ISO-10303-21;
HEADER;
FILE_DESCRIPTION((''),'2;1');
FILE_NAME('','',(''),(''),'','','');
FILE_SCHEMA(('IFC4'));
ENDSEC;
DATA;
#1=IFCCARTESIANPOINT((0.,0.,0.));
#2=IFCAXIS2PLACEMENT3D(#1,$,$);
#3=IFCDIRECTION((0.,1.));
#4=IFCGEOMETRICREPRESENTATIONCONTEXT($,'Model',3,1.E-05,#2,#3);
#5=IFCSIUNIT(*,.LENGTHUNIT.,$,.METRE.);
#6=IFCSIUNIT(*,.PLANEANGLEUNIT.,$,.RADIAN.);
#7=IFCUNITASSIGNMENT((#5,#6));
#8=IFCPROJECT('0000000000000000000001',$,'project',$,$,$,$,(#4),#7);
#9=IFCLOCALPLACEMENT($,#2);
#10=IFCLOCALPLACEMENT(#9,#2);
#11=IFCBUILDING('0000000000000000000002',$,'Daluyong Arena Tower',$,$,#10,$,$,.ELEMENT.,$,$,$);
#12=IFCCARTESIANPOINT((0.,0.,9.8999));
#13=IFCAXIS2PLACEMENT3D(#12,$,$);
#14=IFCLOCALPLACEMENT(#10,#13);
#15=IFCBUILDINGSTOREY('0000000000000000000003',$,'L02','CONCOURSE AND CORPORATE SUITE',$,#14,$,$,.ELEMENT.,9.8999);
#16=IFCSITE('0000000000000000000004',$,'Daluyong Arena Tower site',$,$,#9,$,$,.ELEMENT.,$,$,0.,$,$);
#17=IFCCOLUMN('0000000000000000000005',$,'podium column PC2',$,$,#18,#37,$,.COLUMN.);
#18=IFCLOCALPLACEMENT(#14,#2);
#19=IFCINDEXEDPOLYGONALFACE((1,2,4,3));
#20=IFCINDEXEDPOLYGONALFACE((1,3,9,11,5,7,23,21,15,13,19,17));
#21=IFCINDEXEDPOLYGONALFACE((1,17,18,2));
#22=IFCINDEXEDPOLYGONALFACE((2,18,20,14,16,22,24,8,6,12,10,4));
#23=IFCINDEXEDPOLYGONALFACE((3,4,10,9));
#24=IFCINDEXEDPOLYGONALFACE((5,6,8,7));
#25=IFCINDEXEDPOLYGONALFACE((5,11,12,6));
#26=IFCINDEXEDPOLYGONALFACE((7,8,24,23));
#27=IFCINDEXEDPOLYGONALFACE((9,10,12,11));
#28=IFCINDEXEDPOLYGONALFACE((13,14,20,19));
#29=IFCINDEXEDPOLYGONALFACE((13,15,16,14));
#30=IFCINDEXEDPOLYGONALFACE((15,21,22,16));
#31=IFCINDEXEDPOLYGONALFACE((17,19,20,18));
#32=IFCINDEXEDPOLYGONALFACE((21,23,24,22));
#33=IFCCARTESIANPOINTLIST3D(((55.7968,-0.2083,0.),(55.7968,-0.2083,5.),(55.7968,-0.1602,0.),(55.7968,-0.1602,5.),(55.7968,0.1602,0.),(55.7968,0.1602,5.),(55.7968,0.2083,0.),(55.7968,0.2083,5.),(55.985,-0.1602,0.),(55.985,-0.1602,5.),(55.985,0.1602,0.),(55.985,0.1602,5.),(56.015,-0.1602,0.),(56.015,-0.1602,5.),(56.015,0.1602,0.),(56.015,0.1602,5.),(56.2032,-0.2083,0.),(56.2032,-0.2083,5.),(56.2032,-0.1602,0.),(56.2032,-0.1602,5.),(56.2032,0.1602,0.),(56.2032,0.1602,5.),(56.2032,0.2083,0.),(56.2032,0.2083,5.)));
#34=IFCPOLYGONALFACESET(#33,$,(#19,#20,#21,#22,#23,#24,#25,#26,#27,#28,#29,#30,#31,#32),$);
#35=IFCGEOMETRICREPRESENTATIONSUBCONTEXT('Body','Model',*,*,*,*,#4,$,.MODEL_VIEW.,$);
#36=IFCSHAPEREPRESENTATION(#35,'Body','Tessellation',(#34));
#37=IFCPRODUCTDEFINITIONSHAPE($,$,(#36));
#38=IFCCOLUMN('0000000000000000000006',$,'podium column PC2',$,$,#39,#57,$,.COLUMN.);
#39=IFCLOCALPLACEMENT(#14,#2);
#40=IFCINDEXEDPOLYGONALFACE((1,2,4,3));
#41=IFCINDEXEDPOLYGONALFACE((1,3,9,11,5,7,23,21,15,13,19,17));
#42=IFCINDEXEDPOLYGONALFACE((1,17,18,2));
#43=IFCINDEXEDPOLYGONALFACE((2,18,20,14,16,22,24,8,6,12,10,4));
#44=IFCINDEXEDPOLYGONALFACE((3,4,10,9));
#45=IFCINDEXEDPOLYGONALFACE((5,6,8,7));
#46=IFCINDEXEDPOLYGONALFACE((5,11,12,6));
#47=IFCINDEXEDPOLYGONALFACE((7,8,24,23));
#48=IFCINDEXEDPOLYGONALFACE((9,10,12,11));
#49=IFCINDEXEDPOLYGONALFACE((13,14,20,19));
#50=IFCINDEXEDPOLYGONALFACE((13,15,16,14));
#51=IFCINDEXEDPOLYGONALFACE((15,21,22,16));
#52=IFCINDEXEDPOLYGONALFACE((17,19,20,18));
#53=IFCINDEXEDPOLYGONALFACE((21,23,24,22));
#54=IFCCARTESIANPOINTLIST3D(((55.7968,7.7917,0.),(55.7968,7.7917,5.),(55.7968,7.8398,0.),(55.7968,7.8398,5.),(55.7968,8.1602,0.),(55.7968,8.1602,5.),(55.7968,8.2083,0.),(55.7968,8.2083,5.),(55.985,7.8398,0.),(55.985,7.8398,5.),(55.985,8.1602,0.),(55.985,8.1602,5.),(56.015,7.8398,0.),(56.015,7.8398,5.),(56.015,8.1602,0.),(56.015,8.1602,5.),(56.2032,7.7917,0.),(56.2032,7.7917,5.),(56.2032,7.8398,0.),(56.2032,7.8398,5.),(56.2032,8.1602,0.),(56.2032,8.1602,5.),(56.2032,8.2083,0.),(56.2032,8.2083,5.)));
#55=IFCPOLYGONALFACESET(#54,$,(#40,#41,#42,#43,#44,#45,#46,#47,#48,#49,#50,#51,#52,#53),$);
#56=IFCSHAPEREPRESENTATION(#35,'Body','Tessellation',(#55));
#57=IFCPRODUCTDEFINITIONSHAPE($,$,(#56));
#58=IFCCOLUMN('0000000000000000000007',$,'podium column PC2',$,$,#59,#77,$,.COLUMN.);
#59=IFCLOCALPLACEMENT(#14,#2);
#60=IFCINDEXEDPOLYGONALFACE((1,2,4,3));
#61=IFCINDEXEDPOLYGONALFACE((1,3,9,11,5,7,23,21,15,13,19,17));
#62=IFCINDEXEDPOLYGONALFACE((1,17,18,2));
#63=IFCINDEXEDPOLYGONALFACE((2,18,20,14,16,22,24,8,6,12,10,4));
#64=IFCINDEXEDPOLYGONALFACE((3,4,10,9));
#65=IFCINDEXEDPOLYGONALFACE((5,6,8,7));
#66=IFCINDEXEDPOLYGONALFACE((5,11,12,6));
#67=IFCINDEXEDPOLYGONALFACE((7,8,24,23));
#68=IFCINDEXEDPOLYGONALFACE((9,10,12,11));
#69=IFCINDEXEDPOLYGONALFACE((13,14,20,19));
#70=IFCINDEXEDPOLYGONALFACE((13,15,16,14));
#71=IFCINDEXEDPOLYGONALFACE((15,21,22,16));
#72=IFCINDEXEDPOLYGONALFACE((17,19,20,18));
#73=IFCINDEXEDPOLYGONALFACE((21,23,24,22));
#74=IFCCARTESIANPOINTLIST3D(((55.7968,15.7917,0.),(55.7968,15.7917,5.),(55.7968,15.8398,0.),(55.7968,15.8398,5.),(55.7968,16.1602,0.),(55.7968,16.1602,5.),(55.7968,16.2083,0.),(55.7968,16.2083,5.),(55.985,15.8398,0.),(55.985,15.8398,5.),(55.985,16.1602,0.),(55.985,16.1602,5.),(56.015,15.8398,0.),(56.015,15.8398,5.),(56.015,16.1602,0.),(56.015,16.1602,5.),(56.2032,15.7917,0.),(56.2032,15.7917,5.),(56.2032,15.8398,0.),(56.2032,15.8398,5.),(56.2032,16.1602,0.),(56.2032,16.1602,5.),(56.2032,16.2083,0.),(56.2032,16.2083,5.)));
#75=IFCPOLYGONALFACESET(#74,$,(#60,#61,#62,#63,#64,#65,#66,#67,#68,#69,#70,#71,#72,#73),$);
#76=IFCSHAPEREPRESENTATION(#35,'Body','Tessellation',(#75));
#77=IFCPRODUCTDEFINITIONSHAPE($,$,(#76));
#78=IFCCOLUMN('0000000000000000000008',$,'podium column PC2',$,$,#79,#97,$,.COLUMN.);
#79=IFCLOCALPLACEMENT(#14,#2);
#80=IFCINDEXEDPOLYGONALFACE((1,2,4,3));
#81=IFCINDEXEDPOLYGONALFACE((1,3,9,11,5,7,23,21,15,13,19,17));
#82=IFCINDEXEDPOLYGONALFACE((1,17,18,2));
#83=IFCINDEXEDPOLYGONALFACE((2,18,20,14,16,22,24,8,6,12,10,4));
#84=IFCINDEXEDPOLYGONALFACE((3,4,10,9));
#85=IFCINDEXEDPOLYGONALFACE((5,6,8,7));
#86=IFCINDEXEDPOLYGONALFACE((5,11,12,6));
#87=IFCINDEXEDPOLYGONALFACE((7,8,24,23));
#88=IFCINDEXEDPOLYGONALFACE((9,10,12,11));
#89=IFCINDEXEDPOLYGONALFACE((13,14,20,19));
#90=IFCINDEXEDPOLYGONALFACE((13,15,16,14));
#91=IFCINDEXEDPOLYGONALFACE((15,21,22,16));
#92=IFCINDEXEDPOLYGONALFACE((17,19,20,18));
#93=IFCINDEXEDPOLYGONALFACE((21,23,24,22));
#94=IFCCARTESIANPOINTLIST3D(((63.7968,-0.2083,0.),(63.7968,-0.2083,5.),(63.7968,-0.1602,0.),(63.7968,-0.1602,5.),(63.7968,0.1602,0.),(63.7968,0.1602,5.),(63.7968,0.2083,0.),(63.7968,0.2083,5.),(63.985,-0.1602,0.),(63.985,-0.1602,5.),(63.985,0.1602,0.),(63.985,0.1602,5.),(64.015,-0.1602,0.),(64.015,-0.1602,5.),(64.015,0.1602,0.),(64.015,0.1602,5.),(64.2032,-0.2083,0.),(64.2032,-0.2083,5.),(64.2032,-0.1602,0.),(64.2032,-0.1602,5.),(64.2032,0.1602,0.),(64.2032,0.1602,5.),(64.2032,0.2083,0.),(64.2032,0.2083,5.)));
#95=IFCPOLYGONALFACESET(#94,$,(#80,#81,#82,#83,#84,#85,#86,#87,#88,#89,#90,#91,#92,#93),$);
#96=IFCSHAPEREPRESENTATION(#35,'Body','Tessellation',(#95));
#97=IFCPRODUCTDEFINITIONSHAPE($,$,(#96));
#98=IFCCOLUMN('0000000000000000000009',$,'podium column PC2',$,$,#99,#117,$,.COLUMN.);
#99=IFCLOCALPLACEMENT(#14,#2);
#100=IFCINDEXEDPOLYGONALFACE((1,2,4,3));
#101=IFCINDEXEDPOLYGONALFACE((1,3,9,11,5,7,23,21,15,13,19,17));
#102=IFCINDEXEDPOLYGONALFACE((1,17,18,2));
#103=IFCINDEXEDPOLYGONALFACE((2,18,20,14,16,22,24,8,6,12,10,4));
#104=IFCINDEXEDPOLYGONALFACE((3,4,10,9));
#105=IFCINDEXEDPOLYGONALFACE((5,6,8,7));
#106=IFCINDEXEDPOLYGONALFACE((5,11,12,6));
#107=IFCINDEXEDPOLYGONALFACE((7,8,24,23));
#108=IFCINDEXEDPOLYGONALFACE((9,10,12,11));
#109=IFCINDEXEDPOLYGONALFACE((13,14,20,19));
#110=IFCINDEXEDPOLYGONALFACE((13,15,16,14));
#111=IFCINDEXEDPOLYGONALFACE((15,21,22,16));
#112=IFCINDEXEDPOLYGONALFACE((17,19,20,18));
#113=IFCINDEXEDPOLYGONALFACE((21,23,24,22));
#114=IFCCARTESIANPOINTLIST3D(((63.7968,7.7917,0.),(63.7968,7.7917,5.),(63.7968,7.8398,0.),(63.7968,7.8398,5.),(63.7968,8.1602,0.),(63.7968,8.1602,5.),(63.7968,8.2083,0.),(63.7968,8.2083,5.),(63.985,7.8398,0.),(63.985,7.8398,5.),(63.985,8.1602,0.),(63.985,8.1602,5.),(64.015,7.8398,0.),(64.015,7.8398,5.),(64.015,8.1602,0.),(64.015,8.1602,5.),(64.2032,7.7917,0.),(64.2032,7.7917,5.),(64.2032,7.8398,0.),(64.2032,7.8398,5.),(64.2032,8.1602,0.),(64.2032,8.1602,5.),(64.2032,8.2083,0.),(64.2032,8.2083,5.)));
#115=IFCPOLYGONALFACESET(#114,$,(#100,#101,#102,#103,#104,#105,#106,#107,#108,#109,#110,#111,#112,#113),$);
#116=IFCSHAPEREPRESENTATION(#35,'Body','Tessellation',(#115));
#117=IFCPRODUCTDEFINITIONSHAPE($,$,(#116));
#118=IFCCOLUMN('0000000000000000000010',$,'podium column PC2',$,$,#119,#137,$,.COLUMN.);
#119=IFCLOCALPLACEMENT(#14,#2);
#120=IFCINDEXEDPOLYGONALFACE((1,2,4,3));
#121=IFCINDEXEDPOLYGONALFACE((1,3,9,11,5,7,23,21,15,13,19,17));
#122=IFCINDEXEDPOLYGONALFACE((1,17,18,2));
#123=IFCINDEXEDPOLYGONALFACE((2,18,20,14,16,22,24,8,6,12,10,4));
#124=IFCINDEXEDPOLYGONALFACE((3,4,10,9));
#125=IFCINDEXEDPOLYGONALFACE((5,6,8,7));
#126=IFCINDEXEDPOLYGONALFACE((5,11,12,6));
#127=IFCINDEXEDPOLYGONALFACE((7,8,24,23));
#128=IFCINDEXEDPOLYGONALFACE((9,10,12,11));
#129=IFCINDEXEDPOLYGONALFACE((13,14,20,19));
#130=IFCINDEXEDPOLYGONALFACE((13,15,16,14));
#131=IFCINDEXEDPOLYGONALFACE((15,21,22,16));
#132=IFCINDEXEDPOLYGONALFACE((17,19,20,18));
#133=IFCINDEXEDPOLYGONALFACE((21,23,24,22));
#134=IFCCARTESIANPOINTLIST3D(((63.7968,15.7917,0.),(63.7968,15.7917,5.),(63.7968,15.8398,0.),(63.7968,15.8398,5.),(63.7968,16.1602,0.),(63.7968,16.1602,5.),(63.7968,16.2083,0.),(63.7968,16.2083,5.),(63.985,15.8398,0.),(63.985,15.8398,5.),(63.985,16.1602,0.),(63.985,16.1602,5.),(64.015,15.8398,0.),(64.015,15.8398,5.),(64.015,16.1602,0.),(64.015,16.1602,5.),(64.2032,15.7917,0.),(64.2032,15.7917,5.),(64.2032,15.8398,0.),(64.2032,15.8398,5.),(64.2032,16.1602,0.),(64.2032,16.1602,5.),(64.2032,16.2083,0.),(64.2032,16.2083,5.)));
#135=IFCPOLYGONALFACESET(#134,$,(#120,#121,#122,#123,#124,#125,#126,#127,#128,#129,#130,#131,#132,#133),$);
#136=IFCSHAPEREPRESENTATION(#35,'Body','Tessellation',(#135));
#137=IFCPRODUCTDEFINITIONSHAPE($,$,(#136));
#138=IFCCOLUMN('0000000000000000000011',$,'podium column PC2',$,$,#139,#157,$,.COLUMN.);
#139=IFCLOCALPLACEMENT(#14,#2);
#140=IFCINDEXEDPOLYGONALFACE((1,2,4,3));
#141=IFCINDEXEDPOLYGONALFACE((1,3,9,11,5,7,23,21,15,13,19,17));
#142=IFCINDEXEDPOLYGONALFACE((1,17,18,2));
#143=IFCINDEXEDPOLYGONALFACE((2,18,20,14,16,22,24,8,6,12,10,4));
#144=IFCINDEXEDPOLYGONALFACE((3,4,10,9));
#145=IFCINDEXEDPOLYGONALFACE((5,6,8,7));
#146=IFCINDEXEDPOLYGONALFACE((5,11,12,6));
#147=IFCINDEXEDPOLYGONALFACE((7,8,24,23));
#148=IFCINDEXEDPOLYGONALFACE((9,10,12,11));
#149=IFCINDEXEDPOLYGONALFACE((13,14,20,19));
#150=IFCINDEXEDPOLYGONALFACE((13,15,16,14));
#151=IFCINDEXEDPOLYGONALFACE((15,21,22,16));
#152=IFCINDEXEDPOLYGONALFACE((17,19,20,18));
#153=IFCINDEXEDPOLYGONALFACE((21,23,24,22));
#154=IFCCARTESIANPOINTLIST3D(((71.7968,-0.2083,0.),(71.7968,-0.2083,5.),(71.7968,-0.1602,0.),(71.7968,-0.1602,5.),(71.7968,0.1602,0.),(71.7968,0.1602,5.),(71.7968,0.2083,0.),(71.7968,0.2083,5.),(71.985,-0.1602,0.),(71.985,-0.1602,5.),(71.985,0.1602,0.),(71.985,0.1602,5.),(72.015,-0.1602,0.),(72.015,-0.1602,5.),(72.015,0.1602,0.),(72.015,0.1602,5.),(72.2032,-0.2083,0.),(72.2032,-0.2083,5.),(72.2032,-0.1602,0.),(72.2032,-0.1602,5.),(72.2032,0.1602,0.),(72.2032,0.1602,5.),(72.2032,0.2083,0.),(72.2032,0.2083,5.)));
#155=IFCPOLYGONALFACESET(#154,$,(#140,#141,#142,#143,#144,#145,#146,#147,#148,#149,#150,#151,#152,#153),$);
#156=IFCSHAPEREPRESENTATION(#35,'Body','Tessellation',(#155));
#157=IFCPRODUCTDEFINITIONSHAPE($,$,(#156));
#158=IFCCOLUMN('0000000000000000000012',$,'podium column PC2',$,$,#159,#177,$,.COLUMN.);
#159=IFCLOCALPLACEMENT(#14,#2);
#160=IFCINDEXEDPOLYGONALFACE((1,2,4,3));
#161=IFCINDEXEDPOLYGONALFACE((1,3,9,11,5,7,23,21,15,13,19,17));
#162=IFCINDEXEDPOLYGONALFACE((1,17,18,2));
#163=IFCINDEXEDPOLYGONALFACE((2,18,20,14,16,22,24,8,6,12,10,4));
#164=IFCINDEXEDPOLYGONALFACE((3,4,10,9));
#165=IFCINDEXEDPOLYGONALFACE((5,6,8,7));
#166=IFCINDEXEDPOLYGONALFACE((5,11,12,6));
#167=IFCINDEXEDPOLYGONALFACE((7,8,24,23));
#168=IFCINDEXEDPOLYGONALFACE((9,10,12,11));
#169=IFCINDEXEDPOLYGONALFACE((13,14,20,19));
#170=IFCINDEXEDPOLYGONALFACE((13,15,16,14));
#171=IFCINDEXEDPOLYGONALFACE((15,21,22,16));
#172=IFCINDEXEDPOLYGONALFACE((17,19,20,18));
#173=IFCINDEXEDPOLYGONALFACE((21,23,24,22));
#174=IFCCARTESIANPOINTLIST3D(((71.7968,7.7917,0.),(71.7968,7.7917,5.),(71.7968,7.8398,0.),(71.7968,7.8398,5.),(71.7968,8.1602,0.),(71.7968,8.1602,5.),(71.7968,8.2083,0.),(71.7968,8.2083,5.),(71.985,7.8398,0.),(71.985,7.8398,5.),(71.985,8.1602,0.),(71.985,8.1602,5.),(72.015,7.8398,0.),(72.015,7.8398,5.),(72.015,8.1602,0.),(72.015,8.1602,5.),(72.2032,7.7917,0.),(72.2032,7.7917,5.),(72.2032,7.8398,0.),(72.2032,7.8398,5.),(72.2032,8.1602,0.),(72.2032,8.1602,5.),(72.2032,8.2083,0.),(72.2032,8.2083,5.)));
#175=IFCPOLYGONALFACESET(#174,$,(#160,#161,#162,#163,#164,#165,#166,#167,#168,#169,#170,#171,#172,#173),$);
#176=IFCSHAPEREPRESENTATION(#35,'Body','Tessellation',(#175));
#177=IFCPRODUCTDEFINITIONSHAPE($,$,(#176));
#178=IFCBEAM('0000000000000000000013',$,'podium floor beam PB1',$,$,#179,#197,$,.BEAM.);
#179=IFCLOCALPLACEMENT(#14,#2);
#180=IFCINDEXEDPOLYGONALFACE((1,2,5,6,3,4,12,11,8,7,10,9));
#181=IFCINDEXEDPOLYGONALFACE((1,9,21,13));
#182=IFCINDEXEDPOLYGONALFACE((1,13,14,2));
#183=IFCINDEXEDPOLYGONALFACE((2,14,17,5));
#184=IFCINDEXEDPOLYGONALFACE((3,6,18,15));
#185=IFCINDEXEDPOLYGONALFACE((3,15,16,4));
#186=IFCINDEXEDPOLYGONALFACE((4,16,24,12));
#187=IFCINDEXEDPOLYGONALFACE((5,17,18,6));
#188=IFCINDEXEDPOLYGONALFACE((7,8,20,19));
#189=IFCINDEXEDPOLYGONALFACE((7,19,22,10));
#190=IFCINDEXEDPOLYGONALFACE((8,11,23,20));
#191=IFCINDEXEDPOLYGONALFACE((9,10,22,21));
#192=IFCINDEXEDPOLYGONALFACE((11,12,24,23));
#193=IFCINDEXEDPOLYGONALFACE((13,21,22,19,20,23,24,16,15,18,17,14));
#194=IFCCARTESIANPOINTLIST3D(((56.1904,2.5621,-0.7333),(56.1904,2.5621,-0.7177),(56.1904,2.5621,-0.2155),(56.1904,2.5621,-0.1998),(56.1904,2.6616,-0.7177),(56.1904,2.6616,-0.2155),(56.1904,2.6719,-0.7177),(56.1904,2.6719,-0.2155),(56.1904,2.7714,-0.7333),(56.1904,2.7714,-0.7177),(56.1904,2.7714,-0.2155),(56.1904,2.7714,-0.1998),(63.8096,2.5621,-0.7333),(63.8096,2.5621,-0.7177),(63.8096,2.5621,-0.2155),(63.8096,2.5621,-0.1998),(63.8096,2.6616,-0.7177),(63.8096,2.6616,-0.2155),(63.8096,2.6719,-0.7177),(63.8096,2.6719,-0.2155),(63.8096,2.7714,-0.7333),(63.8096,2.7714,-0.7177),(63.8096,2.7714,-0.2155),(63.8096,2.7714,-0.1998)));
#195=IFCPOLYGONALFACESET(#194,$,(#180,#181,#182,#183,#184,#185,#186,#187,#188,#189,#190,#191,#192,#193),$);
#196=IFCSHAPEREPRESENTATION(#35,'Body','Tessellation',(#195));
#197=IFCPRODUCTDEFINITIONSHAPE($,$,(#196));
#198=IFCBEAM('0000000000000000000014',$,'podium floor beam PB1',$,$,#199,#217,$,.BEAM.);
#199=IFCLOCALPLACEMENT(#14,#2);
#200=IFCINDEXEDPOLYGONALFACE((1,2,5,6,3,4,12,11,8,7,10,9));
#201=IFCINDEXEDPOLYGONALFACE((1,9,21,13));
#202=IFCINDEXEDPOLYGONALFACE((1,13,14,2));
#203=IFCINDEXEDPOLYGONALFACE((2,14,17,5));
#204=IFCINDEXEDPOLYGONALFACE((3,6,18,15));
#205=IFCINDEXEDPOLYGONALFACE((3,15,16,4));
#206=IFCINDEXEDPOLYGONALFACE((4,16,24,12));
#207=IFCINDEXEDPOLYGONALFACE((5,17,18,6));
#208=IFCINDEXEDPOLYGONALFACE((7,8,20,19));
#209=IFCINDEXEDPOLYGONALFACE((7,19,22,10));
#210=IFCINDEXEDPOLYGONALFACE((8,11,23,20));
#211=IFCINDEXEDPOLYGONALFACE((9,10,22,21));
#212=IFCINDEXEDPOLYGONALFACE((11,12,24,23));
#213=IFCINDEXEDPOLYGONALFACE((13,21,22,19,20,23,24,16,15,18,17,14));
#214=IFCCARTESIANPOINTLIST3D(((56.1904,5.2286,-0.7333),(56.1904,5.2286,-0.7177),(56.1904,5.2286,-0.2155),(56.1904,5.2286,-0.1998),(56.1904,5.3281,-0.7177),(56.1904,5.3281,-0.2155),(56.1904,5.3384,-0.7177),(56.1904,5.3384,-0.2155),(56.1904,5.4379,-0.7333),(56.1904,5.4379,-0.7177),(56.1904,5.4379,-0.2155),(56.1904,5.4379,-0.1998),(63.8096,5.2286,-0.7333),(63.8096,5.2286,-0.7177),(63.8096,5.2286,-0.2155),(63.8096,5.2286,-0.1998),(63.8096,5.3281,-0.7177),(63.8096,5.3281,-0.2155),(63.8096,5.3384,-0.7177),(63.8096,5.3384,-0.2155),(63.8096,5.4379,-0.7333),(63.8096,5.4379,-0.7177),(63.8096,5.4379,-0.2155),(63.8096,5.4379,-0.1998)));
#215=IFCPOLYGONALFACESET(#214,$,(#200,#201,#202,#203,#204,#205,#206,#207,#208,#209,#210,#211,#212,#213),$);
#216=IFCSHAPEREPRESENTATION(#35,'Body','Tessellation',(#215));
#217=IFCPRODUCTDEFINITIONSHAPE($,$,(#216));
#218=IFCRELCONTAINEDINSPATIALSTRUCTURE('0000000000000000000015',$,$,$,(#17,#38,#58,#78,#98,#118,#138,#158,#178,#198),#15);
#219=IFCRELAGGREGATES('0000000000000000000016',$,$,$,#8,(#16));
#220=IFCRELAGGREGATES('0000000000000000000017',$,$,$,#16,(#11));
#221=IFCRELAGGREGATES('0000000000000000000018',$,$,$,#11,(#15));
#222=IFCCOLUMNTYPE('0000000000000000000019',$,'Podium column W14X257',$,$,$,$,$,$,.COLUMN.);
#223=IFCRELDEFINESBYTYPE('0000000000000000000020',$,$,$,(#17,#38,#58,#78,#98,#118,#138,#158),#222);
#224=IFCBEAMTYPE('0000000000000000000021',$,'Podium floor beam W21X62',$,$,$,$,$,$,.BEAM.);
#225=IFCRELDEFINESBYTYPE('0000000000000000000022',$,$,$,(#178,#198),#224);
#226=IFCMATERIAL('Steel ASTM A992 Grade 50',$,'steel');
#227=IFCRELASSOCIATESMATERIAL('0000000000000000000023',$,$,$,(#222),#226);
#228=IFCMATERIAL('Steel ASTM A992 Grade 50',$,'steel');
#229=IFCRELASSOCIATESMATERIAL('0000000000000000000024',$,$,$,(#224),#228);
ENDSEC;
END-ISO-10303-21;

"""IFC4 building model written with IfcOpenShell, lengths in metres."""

from ifc_helpers import new_model, si_unit, direction, frame, origin, origin_2d, place, context, subcontext, project, spatial, i_section, extrude, material, material_profile, profile_set, type_object, element, save


model = new_model("IFC4")

# Units and contexts
model_context = context("Model", 3, precision=1e-05, world=origin(), true_north=direction((0.0, 1.0)))
body_context = subcontext(model_context, "Body", "Model", "MODEL_VIEW")
ifc_project = project(units=[si_unit("LENGTHUNIT", "METRE"), si_unit("PLANEANGLEUNIT", "RADIAN")], contexts=[model_context])

# Site, building, storey
site_placement = place(None, origin())
site = spatial("IfcSite", under=ifc_project, at=site_placement, Name="Daluyong Arena Tower site", CompositionType="ELEMENT", RefElevation=0.0)
building_placement = place(site_placement, origin())
building = spatial("IfcBuilding", under=site, at=building_placement, Name="Daluyong Arena Tower", CompositionType="ELEMENT")
storey_placement = place(building_placement, frame((0.0, 0.0, 9.8999)))
storey = spatial("IfcBuildingStorey", under=building, at=storey_placement, Name="L02", Description="CONCOURSE AND CORPORATE SUITE", CompositionType="ELEMENT", Elevation=9.8999)

# Columns
ifc_material_1 = material(Name="Steel ASTM A992 Grade 50", Category="steel")
ifc_material_profile_1 = material_profile(ifc_material_1, i_section(OverallWidth=0.4065, OverallDepth=0.4165, WebThickness=0.03, FlangeThickness=0.0481, at=origin_2d()))
ifc_profile_set_1 = profile_set([ifc_material_profile_1], Name="Steel ASTM A992 Grade 50")
column_type = type_object("IfcColumnType", Name="Podium column W14X257", PredefinedType="COLUMN", material=ifc_profile_set_1)
for number, where, z_axis, x_axis, name in (
    (1, (56.0, 0.0, 0.0), (0.0, 0.0, 1.0), (1.0, 0.0, 0.0), "podium column PC2"),
    (2, (56.0, 8.0, 0.0), (0.0, 0.0, 1.0), (1.0, 0.0, 0.0), "podium column PC2"),
    (3, (56.0, 16.0, 0.0), (0.0, 0.0, 1.0), (1.0, 0.0, 0.0), "podium column PC2"),
    (4, (64.0, 0.0, 0.0), (0.0, 0.0, 1.0), (1.0, 0.0, 0.0), "podium column PC2"),
    (5, (64.0, 8.0, 0.0), (0.0, 0.0, 1.0), (1.0, 0.0, 0.0), "podium column PC2"),
    (6, (64.0, 16.0, 0.0), (0.0, 0.0, 1.0), (1.0, 0.0, 0.0), "podium column PC2"),
    (7, (72.0, 0.0, 0.0), (0.0, 0.0, 1.0), (1.0, 0.0, 0.0), "podium column PC2"),
    (8, (72.0, 8.0, 0.0), (0.0, 0.0, 1.0), (1.0, 0.0, 0.0), "podium column PC2"),
):
    element("IfcColumn", number, at=place(storey_placement, frame(where, z_axis=z_axis, x_axis=x_axis)), inside=storey, type_object=column_type, Name=name, PredefinedType="COLUMN", context=body_context, shape_type="SweptSolid", body=[
        extrude(i_section(OverallWidth=0.4065, OverallDepth=0.4165, WebThickness=0.03, FlangeThickness=0.0481, at=origin_2d()), origin(), (0.0, 0.0, 1.0), 5.0),
    ])

# Beams
ifc_material_2 = material(Name="Steel ASTM A992 Grade 50", Category="steel")
ifc_material_profile_2 = material_profile(ifc_material_2, i_section(OverallWidth=0.2092, OverallDepth=0.5334, WebThickness=0.0103, FlangeThickness=0.0156, at=origin_2d()))
ifc_profile_set_2 = profile_set([ifc_material_profile_2], Name="Steel ASTM A992 Grade 50")
beam_type_1 = type_object("IfcBeamType", Name="Podium floor beam W21X62", PredefinedType="BEAM", material=ifc_profile_set_2)
for number, where, z_axis, x_axis, name in (
    (9, (56.1904, 2.6667, -0.4666), (1.0, 0.0, 0.0), (0.0, 1.0, 0.0), "podium floor beam PB1"),
    (10, (56.1904, 5.3333, -0.4666), (1.0, 0.0, 0.0), (0.0, 1.0, 0.0), "podium floor beam PB1"),
):
    element("IfcBeam", number, at=place(storey_placement, frame(where, z_axis=z_axis, x_axis=x_axis)), inside=storey, type_object=beam_type_1, Name=name, PredefinedType="BEAM", context=body_context, shape_type="SweptSolid", body=[
        extrude(i_section(OverallWidth=0.2092, OverallDepth=0.5334, WebThickness=0.0103, FlangeThickness=0.0156, at=origin_2d()), origin(), (0.0, 0.0, 1.0), 7.6191),
    ])

save(model, "model.ifc")
